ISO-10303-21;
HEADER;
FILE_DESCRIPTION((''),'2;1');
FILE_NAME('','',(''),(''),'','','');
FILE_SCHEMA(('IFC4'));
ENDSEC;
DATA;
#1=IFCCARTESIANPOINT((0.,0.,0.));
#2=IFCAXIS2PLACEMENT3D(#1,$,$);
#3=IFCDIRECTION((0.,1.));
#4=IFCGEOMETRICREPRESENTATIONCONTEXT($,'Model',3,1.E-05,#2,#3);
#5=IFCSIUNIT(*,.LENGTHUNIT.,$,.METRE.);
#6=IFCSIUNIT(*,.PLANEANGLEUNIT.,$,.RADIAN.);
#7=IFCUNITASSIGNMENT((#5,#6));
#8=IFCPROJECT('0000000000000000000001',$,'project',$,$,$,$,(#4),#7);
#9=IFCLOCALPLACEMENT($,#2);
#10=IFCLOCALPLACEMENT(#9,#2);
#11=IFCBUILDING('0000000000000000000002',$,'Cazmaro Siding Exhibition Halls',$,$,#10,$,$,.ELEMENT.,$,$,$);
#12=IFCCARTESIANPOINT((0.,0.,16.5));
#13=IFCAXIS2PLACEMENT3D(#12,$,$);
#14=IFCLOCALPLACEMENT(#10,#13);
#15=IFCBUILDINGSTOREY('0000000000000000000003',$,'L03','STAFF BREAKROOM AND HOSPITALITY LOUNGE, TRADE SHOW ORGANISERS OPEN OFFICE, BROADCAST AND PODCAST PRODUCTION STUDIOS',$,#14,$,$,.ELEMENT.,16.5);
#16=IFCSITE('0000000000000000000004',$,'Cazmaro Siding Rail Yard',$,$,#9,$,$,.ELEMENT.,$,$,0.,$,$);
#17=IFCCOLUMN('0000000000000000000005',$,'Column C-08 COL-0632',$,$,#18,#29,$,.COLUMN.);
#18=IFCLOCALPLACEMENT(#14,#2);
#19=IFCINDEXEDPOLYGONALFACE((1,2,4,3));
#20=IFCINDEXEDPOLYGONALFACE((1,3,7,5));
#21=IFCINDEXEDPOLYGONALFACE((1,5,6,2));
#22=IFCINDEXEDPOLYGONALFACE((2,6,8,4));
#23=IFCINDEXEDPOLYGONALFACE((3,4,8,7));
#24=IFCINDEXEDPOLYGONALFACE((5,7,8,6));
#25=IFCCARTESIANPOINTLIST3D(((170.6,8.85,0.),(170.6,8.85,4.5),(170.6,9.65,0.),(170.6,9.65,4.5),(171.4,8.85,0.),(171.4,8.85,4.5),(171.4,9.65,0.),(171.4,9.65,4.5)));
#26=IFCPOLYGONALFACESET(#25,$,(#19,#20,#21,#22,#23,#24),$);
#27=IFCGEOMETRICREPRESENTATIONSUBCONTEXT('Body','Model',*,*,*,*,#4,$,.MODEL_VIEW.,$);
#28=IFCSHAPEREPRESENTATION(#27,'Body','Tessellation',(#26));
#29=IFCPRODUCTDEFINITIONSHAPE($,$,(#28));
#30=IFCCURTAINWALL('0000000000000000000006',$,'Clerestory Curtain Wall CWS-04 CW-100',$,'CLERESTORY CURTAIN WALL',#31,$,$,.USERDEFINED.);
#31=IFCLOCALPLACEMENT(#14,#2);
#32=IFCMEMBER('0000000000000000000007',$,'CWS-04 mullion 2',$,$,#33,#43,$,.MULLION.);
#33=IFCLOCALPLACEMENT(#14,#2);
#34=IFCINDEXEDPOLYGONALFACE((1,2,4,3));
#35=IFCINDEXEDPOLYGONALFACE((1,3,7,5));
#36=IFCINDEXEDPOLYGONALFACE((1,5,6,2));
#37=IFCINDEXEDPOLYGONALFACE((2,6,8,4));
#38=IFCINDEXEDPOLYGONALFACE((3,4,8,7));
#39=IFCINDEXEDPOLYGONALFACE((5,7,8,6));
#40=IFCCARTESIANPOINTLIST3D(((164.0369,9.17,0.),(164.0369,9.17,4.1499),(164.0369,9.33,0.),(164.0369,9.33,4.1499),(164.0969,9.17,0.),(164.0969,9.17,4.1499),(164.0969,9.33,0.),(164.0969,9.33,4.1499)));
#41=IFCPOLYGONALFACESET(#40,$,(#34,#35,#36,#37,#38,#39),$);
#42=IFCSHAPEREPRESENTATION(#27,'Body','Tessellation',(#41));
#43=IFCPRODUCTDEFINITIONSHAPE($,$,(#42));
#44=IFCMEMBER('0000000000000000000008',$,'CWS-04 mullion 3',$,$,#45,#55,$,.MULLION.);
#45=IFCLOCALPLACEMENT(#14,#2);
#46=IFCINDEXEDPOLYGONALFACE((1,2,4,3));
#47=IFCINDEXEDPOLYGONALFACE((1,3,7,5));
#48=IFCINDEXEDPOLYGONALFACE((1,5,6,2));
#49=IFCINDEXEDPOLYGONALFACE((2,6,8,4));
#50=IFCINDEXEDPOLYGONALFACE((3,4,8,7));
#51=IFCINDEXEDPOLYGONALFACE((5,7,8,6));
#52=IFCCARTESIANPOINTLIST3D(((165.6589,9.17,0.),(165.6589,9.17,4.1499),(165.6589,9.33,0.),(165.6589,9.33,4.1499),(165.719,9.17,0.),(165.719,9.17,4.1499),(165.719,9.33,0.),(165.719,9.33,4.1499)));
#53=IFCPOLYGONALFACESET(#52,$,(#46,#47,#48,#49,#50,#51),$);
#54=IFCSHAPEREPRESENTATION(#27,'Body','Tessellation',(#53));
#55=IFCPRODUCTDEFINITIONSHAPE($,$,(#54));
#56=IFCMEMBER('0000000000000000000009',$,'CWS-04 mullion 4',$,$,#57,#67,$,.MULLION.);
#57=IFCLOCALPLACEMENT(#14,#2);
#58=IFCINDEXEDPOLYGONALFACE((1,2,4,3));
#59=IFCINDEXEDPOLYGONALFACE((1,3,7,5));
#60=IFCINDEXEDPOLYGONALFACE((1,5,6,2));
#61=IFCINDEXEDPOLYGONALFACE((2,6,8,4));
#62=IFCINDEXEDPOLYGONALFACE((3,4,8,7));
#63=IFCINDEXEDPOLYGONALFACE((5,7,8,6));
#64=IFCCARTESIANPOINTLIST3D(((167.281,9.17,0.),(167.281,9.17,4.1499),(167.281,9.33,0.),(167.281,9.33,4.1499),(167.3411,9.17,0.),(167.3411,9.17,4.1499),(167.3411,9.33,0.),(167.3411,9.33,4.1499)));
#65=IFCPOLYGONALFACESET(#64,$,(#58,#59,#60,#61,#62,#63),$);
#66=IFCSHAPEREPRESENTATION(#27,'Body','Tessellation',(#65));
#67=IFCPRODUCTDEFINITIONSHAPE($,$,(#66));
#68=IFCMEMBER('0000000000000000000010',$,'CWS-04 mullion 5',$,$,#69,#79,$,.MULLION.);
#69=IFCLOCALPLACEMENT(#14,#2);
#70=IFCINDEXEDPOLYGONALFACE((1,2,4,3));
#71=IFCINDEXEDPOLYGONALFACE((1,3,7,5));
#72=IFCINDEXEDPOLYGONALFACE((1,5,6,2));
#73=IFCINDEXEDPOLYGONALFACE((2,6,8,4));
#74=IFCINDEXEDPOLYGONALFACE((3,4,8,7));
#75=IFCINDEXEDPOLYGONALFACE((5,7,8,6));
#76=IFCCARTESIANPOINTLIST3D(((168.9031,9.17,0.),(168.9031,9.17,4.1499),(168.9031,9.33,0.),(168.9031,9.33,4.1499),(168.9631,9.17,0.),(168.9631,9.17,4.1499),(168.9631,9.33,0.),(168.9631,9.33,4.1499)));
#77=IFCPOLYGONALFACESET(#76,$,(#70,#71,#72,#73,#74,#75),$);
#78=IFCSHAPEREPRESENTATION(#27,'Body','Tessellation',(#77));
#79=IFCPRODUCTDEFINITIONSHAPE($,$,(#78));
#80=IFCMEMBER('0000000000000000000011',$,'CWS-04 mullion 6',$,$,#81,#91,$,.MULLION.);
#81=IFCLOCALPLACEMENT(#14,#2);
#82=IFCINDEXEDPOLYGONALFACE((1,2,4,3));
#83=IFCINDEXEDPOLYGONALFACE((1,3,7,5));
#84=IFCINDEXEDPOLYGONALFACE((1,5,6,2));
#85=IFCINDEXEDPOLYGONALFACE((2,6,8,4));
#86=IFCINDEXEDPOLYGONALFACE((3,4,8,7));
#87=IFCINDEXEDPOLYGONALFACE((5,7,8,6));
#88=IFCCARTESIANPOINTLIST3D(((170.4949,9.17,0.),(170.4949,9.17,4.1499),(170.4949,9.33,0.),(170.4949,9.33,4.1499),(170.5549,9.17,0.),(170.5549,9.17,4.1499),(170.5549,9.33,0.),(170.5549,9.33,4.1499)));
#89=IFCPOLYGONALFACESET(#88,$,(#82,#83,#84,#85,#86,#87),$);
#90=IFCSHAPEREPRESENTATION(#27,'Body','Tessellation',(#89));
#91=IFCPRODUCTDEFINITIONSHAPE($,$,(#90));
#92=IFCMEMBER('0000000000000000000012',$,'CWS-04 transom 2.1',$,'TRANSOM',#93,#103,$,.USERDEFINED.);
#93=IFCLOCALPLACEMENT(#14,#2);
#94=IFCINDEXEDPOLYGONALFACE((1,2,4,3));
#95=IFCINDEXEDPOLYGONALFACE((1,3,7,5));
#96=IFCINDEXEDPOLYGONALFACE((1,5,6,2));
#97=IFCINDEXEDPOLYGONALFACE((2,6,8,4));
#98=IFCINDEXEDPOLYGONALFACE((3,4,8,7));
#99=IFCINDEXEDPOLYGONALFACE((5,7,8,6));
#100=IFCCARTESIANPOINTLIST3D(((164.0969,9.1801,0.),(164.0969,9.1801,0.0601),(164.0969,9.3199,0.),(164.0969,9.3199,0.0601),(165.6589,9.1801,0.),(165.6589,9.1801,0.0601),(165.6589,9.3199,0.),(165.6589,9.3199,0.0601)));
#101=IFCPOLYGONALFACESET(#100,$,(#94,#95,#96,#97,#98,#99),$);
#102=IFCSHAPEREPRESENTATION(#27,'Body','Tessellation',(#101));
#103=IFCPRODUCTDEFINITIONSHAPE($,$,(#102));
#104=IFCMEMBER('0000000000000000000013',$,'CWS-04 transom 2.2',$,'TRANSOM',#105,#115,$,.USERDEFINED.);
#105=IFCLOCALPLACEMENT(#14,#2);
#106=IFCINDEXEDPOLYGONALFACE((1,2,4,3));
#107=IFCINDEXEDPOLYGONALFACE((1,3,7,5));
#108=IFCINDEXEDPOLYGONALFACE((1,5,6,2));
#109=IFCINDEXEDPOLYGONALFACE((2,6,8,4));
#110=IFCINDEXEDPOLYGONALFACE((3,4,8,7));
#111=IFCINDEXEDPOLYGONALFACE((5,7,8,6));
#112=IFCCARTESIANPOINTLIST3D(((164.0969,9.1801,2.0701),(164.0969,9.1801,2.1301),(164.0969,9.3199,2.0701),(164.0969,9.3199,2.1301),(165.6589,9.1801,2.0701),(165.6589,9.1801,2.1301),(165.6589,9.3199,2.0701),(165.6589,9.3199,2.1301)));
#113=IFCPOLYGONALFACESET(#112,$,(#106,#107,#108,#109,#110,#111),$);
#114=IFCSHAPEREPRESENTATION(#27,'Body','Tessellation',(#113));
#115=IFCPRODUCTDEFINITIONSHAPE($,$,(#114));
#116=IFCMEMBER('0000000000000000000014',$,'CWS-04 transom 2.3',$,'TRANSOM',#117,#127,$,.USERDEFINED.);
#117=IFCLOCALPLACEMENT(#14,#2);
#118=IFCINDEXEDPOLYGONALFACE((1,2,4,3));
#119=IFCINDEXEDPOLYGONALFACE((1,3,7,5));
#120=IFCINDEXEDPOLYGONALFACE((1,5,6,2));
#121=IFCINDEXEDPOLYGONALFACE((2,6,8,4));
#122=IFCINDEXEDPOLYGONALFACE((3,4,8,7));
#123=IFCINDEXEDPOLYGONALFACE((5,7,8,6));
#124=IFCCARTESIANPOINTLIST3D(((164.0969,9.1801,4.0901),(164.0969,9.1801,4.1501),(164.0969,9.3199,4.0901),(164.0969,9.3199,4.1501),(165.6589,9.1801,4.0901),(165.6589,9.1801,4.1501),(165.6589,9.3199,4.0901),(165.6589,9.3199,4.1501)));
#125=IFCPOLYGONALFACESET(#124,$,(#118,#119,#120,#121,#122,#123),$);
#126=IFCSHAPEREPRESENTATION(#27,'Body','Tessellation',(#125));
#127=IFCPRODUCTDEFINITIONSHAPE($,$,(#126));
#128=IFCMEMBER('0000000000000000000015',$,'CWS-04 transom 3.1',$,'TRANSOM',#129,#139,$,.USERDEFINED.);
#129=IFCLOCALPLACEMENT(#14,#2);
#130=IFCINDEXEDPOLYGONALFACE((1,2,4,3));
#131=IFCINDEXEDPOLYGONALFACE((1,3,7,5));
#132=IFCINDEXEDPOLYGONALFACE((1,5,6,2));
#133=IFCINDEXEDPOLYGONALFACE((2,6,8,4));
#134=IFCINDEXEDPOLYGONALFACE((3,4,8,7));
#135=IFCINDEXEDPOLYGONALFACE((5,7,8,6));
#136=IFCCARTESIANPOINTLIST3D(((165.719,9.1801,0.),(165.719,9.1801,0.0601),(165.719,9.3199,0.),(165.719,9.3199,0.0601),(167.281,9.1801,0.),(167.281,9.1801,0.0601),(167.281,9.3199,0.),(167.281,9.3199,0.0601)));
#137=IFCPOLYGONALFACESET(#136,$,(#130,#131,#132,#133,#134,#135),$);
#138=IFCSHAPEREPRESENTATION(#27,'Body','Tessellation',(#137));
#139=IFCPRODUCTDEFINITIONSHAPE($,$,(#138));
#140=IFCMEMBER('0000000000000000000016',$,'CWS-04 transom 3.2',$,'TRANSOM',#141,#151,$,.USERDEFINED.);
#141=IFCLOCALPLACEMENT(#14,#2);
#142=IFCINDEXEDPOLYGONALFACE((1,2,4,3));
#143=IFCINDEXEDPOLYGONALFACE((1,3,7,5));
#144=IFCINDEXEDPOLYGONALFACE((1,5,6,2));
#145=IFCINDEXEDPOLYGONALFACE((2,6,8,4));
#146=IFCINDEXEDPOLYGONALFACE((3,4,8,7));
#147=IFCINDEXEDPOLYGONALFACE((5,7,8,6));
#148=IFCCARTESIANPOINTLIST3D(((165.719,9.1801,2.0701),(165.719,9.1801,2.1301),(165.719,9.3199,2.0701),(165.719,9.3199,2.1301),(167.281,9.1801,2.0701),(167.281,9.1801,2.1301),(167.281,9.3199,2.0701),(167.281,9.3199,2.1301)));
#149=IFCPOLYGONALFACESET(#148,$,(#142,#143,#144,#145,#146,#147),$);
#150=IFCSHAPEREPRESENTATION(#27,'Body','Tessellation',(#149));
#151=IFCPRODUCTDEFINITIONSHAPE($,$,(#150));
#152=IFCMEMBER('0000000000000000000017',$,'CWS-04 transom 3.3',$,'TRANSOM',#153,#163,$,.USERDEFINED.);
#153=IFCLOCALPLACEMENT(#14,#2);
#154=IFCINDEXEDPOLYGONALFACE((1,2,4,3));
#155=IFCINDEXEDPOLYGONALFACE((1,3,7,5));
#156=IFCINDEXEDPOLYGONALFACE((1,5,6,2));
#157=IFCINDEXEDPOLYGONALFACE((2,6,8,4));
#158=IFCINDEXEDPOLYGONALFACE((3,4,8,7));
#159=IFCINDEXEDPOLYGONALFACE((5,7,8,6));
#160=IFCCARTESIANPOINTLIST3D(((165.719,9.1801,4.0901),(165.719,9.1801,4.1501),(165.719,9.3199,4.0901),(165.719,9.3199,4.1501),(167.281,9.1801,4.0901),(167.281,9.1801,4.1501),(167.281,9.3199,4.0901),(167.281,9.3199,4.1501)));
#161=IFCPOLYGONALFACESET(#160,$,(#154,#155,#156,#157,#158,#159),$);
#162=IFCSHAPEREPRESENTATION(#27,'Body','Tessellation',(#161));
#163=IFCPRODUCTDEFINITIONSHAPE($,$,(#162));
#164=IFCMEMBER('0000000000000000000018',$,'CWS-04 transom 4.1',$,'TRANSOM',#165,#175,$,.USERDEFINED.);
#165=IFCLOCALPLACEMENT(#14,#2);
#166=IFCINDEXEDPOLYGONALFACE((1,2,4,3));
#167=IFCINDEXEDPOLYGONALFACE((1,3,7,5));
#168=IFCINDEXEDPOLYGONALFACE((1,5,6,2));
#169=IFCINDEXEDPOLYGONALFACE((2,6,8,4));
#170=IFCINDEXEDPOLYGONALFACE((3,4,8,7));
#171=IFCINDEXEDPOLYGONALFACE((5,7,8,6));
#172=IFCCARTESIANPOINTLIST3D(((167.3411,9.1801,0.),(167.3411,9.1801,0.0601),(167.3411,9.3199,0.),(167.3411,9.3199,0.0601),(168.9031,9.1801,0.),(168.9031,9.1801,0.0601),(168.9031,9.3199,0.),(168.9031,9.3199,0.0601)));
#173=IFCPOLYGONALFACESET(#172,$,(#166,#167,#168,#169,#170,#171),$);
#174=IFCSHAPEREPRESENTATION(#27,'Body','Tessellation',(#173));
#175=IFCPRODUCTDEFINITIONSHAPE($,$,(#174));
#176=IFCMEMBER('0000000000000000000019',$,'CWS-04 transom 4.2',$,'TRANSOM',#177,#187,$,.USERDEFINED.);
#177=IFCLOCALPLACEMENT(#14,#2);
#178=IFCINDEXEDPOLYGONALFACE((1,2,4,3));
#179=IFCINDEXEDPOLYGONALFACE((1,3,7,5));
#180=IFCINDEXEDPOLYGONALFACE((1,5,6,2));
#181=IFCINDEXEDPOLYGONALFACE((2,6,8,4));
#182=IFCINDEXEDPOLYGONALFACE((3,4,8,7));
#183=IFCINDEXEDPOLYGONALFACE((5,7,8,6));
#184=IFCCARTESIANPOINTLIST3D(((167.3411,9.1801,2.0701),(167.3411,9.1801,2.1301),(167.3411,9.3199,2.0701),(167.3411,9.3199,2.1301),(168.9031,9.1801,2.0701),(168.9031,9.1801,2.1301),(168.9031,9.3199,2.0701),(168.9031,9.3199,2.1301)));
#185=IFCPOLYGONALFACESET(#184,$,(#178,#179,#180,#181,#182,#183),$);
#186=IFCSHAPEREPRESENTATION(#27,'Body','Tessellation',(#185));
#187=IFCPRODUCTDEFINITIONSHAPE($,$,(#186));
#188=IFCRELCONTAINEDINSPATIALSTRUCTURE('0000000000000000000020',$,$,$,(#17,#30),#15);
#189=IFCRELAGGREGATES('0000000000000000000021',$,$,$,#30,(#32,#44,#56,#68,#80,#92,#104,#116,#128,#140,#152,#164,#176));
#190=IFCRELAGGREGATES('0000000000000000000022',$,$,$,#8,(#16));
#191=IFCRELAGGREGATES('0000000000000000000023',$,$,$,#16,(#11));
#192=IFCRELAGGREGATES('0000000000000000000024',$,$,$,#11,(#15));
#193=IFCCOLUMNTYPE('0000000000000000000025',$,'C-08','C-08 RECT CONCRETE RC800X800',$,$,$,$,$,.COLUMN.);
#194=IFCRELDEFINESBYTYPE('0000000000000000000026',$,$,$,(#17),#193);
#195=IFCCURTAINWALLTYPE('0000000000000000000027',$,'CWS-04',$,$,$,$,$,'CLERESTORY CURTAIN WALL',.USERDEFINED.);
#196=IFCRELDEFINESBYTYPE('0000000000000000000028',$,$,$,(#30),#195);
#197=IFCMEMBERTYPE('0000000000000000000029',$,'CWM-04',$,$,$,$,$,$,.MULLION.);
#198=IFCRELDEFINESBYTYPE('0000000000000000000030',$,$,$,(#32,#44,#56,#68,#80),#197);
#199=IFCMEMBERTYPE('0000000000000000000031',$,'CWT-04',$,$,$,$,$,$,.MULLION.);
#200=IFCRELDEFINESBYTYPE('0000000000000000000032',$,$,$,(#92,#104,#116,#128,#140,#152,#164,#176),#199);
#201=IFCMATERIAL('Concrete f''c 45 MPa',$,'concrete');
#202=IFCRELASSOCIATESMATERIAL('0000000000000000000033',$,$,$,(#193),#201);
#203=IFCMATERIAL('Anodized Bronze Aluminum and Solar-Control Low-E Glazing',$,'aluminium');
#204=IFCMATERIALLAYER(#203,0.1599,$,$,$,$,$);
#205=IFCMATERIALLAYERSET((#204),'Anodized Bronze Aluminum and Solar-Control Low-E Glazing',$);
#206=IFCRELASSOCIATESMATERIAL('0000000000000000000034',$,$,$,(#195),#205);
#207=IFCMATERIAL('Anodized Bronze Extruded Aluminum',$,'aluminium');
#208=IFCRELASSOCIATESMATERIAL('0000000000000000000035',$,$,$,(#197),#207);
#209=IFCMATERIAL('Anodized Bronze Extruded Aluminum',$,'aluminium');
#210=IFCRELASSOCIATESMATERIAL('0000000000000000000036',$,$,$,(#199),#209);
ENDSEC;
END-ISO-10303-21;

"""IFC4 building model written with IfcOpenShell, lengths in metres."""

from ifc_helpers import new_model, si_unit, direction, frame, origin, origin_2d, place, context, subcontext, project, spatial, rectangle, extrude, material, layer, layer_set, material_profile, profile_set, type_object, element, aggregate, save


model = new_model("IFC4")

# Units and contexts
model_context = context("Model", 3, precision=1e-05, world=origin(), true_north=direction((0.0, 1.0)))
body_context = subcontext(model_context, "Body", "Model", "MODEL_VIEW")
ifc_project = project(units=[si_unit("LENGTHUNIT", "METRE"), si_unit("PLANEANGLEUNIT", "RADIAN")], contexts=[model_context])

# Site, building, storey
site_placement = place(None, origin())
site = spatial("IfcSite", under=ifc_project, at=site_placement, Name="Cazmaro Siding Rail Yard", CompositionType="ELEMENT", RefElevation=0.0)
building_placement = place(site_placement, origin())
building = spatial("IfcBuilding", under=site, at=building_placement, Name="Cazmaro Siding Exhibition Halls", CompositionType="ELEMENT")
storey_placement = place(building_placement, frame((0.0, 0.0, 16.5)))
storey = spatial("IfcBuildingStorey", under=building, at=storey_placement, Name="L03", Description="STAFF BREAKROOM AND HOSPITALITY LOUNGE, TRADE SHOW ORGANISERS OPEN OFFICE, BROADCAST AND PODCAST PRODUCTION STUDIOS", CompositionType="ELEMENT", Elevation=16.5)

# Column
ifc_material_1 = material(Name="Concrete f'c 45 MPa", Category="concrete")
ifc_material_profile_1 = material_profile(ifc_material_1, rectangle(XDim=0.8, YDim=0.8, at=origin_2d()), Name="RC800X800")
ifc_profile_set_1 = profile_set([ifc_material_profile_1], Name="Concrete f'c 45 MPa")
column_type = type_object("IfcColumnType", Name="C-08", Description="C-08 RECT CONCRETE RC800X800", PredefinedType="COLUMN", material=ifc_profile_set_1)
column_placement = place(storey_placement, frame((171.0, 9.25, 0.0), z_axis=(0.0, 0.0, 1.0), x_axis=(1.0, 0.0, 0.0)))
element("IfcColumn", 1, at=column_placement, inside=storey, type_object=column_type, Name="Column C-08 COL-0632", PredefinedType="COLUMN", context=body_context, shape_type="SweptSolid", body=[
    extrude(rectangle(XDim=0.8, YDim=0.8, at=origin_2d()), origin(), (0.0, 0.0, 1.0), 4.5),
])

# Curtain wall, members
ifc_material_2 = material(Name="Anodized Bronze Aluminum and Solar-Control Low-E Glazing", Category="aluminium")
ifc_layer_1 = layer(ifc_material_2, 0.1599)
ifc_layer_set_1 = layer_set([ifc_layer_1], Name="Anodized Bronze Aluminum and Solar-Control Low-E Glazing")
curtain_wall_type = type_object("IfcCurtainWallType", Name="CWS-04", ElementType="CLERESTORY CURTAIN WALL", PredefinedType="USERDEFINED", material=ifc_layer_set_1)
curtain_wall_placement = place(storey_placement, origin())
curtain_wall = element("IfcCurtainWall", 2, at=curtain_wall_placement, inside=storey, type_object=curtain_wall_type, Name="Clerestory Curtain Wall CWS-04 CW-100", ObjectType="CLERESTORY CURTAIN WALL", PredefinedType="USERDEFINED")
ifc_material_3 = material(Name="Anodized Bronze Extruded Aluminum", Category="aluminium")
ifc_material_profile_2 = material_profile(ifc_material_3, rectangle(XDim=0.1599, YDim=0.0601, at=origin_2d()), Name="CWM-04")
ifc_profile_set_2 = profile_set([ifc_material_profile_2], Name="Anodized Bronze Extruded Aluminum")
member_type_1 = type_object("IfcMemberType", Name="CWM-04", PredefinedType="MULLION", material=ifc_profile_set_2)
member_1_placement = place(storey_placement, frame((164.0669, 9.25, 0.0), z_axis=(0.0, 0.0, 1.0), x_axis=(0.0, 1.0, 0.0)))
member_1 = element("IfcMember", 3, at=member_1_placement, type_object=member_type_1, Name="CWS-04 mullion 2", PredefinedType="MULLION", context=body_context, shape_type="SweptSolid", body=[
    extrude(rectangle(XDim=0.1599, YDim=0.0601, at=origin_2d()), origin(), (0.0, 0.0, 1.0), 4.1499),
])
member_2_placement = place(storey_placement, frame((165.689, 9.25, 0.0), z_axis=(0.0, 0.0, 1.0), x_axis=(0.0, 1.0, 0.0)))
member_2 = element("IfcMember", 4, at=member_2_placement, type_object=member_type_1, Name="CWS-04 mullion 3", PredefinedType="MULLION", context=body_context, shape_type="SweptSolid", body=[
    extrude(rectangle(XDim=0.1599, YDim=0.0601, at=origin_2d()), origin(), (0.0, 0.0, 1.0), 4.1499),
])
member_3_placement = place(storey_placement, frame((167.311, 9.25, 0.0), z_axis=(0.0, 0.0, 1.0), x_axis=(0.0, 1.0, 0.0)))
member_3 = element("IfcMember", 5, at=member_3_placement, type_object=member_type_1, Name="CWS-04 mullion 4", PredefinedType="MULLION", context=body_context, shape_type="SweptSolid", body=[
    extrude(rectangle(XDim=0.1599, YDim=0.0601, at=origin_2d()), origin(), (0.0, 0.0, 1.0), 4.1499),
])
member_4_placement = place(storey_placement, frame((168.9331, 9.25, 0.0), z_axis=(0.0, 0.0, 1.0), x_axis=(0.0, 1.0, 0.0)))
member_4 = element("IfcMember", 6, at=member_4_placement, type_object=member_type_1, Name="CWS-04 mullion 5", PredefinedType="MULLION", context=body_context, shape_type="SweptSolid", body=[
    extrude(rectangle(XDim=0.1599, YDim=0.0601, at=origin_2d()), origin(), (0.0, 0.0, 1.0), 4.1499),
])
member_5_placement = place(storey_placement, frame((170.5249, 9.25, 0.0), z_axis=(0.0, 0.0, 1.0), x_axis=(0.0, 1.0, 0.0)))
member_5 = element("IfcMember", 7, at=member_5_placement, type_object=member_type_1, Name="CWS-04 mullion 6", PredefinedType="MULLION", context=body_context, shape_type="SweptSolid", body=[
    extrude(rectangle(XDim=0.1599, YDim=0.0601, at=origin_2d()), origin(), (0.0, 0.0, 1.0), 4.1499),
])
ifc_material_4 = material(Name="Anodized Bronze Extruded Aluminum", Category="aluminium")
ifc_material_profile_3 = material_profile(ifc_material_4, rectangle(XDim=0.1399, YDim=0.0601, at=origin_2d()), Name="CWT-04")
ifc_profile_set_3 = profile_set([ifc_material_profile_3], Name="Anodized Bronze Extruded Aluminum")
member_type_2 = type_object("IfcMemberType", Name="CWT-04", PredefinedType="MULLION", material=ifc_profile_set_3)
member_6_placement = place(storey_placement, frame((164.0969, 9.25, 0.03), z_axis=(1.0, 0.0, 0.0), x_axis=(0.0, 1.0, 0.0)))
member_6 = element("IfcMember", 8, at=member_6_placement, type_object=member_type_2, Name="CWS-04 transom 2.1", ObjectType="TRANSOM", PredefinedType="USERDEFINED", context=body_context, shape_type="SweptSolid", body=[
    extrude(rectangle(XDim=0.1399, YDim=0.0601, at=origin_2d()), origin(), (0.0, 0.0, 1.0), 1.562),
])
member_7_placement = place(storey_placement, frame((164.0969, 9.25, 2.1001), z_axis=(1.0, 0.0, 0.0), x_axis=(0.0, 1.0, 0.0)))
member_7 = element("IfcMember", 9, at=member_7_placement, type_object=member_type_2, Name="CWS-04 transom 2.2", ObjectType="TRANSOM", PredefinedType="USERDEFINED", context=body_context, shape_type="SweptSolid", body=[
    extrude(rectangle(XDim=0.1399, YDim=0.0601, at=origin_2d()), origin(), (0.0, 0.0, 1.0), 1.562),
])
member_8_placement = place(storey_placement, frame((164.0969, 9.25, 4.1201), z_axis=(1.0, 0.0, 0.0), x_axis=(0.0, 1.0, 0.0)))
member_8 = element("IfcMember", 10, at=member_8_placement, type_object=member_type_2, Name="CWS-04 transom 2.3", ObjectType="TRANSOM", PredefinedType="USERDEFINED", context=body_context, shape_type="SweptSolid", body=[
    extrude(rectangle(XDim=0.1399, YDim=0.0601, at=origin_2d()), origin(), (0.0, 0.0, 1.0), 1.562),
])
member_9_placement = place(storey_placement, frame((165.719, 9.25, 0.03), z_axis=(1.0, 0.0, 0.0), x_axis=(0.0, 1.0, 0.0)))
member_9 = element("IfcMember", 11, at=member_9_placement, type_object=member_type_2, Name="CWS-04 transom 3.1", ObjectType="TRANSOM", PredefinedType="USERDEFINED", context=body_context, shape_type="SweptSolid", body=[
    extrude(rectangle(XDim=0.1399, YDim=0.0601, at=origin_2d()), origin(), (0.0, 0.0, 1.0), 1.562),
])
member_10_placement = place(storey_placement, frame((165.719, 9.25, 2.1001), z_axis=(1.0, 0.0, 0.0), x_axis=(0.0, 1.0, 0.0)))
member_10 = element("IfcMember", 12, at=member_10_placement, type_object=member_type_2, Name="CWS-04 transom 3.2", ObjectType="TRANSOM", PredefinedType="USERDEFINED", context=body_context, shape_type="SweptSolid", body=[
    extrude(rectangle(XDim=0.1399, YDim=0.0601, at=origin_2d()), origin(), (0.0, 0.0, 1.0), 1.562),
])
member_11_placement = place(storey_placement, frame((165.719, 9.25, 4.1201), z_axis=(1.0, 0.0, 0.0), x_axis=(0.0, 1.0, 0.0)))
member_11 = element("IfcMember", 13, at=member_11_placement, type_object=member_type_2, Name="CWS-04 transom 3.3", ObjectType="TRANSOM", PredefinedType="USERDEFINED", context=body_context, shape_type="SweptSolid", body=[
    extrude(rectangle(XDim=0.1399, YDim=0.0601, at=origin_2d()), origin(), (0.0, 0.0, 1.0), 1.562),
])
member_12_placement = place(storey_placement, frame((167.3411, 9.25, 0.03), z_axis=(1.0, 0.0, 0.0), x_axis=(0.0, 1.0, 0.0)))
member_12 = element("IfcMember", 14, at=member_12_placement, type_object=member_type_2, Name="CWS-04 transom 4.1", ObjectType="TRANSOM", PredefinedType="USERDEFINED", context=body_context, shape_type="SweptSolid", body=[
    extrude(rectangle(XDim=0.1399, YDim=0.0601, at=origin_2d()), origin(), (0.0, 0.0, 1.0), 1.562),
])
member_13_placement = place(storey_placement, frame((167.3411, 9.25, 2.1001), z_axis=(1.0, 0.0, 0.0), x_axis=(0.0, 1.0, 0.0)))
member_13 = element("IfcMember", 15, at=member_13_placement, type_object=member_type_2, Name="CWS-04 transom 4.2", ObjectType="TRANSOM", PredefinedType="USERDEFINED", context=body_context, shape_type="SweptSolid", body=[
    extrude(rectangle(XDim=0.1399, YDim=0.0601, at=origin_2d()), origin(), (0.0, 0.0, 1.0), 1.562),
])

aggregate(curtain_wall, [member_1, member_2, member_3, member_4, member_5, member_6, member_7, member_8, member_9, member_10, member_11, member_12, member_13])

save(model, "model.ifc")
